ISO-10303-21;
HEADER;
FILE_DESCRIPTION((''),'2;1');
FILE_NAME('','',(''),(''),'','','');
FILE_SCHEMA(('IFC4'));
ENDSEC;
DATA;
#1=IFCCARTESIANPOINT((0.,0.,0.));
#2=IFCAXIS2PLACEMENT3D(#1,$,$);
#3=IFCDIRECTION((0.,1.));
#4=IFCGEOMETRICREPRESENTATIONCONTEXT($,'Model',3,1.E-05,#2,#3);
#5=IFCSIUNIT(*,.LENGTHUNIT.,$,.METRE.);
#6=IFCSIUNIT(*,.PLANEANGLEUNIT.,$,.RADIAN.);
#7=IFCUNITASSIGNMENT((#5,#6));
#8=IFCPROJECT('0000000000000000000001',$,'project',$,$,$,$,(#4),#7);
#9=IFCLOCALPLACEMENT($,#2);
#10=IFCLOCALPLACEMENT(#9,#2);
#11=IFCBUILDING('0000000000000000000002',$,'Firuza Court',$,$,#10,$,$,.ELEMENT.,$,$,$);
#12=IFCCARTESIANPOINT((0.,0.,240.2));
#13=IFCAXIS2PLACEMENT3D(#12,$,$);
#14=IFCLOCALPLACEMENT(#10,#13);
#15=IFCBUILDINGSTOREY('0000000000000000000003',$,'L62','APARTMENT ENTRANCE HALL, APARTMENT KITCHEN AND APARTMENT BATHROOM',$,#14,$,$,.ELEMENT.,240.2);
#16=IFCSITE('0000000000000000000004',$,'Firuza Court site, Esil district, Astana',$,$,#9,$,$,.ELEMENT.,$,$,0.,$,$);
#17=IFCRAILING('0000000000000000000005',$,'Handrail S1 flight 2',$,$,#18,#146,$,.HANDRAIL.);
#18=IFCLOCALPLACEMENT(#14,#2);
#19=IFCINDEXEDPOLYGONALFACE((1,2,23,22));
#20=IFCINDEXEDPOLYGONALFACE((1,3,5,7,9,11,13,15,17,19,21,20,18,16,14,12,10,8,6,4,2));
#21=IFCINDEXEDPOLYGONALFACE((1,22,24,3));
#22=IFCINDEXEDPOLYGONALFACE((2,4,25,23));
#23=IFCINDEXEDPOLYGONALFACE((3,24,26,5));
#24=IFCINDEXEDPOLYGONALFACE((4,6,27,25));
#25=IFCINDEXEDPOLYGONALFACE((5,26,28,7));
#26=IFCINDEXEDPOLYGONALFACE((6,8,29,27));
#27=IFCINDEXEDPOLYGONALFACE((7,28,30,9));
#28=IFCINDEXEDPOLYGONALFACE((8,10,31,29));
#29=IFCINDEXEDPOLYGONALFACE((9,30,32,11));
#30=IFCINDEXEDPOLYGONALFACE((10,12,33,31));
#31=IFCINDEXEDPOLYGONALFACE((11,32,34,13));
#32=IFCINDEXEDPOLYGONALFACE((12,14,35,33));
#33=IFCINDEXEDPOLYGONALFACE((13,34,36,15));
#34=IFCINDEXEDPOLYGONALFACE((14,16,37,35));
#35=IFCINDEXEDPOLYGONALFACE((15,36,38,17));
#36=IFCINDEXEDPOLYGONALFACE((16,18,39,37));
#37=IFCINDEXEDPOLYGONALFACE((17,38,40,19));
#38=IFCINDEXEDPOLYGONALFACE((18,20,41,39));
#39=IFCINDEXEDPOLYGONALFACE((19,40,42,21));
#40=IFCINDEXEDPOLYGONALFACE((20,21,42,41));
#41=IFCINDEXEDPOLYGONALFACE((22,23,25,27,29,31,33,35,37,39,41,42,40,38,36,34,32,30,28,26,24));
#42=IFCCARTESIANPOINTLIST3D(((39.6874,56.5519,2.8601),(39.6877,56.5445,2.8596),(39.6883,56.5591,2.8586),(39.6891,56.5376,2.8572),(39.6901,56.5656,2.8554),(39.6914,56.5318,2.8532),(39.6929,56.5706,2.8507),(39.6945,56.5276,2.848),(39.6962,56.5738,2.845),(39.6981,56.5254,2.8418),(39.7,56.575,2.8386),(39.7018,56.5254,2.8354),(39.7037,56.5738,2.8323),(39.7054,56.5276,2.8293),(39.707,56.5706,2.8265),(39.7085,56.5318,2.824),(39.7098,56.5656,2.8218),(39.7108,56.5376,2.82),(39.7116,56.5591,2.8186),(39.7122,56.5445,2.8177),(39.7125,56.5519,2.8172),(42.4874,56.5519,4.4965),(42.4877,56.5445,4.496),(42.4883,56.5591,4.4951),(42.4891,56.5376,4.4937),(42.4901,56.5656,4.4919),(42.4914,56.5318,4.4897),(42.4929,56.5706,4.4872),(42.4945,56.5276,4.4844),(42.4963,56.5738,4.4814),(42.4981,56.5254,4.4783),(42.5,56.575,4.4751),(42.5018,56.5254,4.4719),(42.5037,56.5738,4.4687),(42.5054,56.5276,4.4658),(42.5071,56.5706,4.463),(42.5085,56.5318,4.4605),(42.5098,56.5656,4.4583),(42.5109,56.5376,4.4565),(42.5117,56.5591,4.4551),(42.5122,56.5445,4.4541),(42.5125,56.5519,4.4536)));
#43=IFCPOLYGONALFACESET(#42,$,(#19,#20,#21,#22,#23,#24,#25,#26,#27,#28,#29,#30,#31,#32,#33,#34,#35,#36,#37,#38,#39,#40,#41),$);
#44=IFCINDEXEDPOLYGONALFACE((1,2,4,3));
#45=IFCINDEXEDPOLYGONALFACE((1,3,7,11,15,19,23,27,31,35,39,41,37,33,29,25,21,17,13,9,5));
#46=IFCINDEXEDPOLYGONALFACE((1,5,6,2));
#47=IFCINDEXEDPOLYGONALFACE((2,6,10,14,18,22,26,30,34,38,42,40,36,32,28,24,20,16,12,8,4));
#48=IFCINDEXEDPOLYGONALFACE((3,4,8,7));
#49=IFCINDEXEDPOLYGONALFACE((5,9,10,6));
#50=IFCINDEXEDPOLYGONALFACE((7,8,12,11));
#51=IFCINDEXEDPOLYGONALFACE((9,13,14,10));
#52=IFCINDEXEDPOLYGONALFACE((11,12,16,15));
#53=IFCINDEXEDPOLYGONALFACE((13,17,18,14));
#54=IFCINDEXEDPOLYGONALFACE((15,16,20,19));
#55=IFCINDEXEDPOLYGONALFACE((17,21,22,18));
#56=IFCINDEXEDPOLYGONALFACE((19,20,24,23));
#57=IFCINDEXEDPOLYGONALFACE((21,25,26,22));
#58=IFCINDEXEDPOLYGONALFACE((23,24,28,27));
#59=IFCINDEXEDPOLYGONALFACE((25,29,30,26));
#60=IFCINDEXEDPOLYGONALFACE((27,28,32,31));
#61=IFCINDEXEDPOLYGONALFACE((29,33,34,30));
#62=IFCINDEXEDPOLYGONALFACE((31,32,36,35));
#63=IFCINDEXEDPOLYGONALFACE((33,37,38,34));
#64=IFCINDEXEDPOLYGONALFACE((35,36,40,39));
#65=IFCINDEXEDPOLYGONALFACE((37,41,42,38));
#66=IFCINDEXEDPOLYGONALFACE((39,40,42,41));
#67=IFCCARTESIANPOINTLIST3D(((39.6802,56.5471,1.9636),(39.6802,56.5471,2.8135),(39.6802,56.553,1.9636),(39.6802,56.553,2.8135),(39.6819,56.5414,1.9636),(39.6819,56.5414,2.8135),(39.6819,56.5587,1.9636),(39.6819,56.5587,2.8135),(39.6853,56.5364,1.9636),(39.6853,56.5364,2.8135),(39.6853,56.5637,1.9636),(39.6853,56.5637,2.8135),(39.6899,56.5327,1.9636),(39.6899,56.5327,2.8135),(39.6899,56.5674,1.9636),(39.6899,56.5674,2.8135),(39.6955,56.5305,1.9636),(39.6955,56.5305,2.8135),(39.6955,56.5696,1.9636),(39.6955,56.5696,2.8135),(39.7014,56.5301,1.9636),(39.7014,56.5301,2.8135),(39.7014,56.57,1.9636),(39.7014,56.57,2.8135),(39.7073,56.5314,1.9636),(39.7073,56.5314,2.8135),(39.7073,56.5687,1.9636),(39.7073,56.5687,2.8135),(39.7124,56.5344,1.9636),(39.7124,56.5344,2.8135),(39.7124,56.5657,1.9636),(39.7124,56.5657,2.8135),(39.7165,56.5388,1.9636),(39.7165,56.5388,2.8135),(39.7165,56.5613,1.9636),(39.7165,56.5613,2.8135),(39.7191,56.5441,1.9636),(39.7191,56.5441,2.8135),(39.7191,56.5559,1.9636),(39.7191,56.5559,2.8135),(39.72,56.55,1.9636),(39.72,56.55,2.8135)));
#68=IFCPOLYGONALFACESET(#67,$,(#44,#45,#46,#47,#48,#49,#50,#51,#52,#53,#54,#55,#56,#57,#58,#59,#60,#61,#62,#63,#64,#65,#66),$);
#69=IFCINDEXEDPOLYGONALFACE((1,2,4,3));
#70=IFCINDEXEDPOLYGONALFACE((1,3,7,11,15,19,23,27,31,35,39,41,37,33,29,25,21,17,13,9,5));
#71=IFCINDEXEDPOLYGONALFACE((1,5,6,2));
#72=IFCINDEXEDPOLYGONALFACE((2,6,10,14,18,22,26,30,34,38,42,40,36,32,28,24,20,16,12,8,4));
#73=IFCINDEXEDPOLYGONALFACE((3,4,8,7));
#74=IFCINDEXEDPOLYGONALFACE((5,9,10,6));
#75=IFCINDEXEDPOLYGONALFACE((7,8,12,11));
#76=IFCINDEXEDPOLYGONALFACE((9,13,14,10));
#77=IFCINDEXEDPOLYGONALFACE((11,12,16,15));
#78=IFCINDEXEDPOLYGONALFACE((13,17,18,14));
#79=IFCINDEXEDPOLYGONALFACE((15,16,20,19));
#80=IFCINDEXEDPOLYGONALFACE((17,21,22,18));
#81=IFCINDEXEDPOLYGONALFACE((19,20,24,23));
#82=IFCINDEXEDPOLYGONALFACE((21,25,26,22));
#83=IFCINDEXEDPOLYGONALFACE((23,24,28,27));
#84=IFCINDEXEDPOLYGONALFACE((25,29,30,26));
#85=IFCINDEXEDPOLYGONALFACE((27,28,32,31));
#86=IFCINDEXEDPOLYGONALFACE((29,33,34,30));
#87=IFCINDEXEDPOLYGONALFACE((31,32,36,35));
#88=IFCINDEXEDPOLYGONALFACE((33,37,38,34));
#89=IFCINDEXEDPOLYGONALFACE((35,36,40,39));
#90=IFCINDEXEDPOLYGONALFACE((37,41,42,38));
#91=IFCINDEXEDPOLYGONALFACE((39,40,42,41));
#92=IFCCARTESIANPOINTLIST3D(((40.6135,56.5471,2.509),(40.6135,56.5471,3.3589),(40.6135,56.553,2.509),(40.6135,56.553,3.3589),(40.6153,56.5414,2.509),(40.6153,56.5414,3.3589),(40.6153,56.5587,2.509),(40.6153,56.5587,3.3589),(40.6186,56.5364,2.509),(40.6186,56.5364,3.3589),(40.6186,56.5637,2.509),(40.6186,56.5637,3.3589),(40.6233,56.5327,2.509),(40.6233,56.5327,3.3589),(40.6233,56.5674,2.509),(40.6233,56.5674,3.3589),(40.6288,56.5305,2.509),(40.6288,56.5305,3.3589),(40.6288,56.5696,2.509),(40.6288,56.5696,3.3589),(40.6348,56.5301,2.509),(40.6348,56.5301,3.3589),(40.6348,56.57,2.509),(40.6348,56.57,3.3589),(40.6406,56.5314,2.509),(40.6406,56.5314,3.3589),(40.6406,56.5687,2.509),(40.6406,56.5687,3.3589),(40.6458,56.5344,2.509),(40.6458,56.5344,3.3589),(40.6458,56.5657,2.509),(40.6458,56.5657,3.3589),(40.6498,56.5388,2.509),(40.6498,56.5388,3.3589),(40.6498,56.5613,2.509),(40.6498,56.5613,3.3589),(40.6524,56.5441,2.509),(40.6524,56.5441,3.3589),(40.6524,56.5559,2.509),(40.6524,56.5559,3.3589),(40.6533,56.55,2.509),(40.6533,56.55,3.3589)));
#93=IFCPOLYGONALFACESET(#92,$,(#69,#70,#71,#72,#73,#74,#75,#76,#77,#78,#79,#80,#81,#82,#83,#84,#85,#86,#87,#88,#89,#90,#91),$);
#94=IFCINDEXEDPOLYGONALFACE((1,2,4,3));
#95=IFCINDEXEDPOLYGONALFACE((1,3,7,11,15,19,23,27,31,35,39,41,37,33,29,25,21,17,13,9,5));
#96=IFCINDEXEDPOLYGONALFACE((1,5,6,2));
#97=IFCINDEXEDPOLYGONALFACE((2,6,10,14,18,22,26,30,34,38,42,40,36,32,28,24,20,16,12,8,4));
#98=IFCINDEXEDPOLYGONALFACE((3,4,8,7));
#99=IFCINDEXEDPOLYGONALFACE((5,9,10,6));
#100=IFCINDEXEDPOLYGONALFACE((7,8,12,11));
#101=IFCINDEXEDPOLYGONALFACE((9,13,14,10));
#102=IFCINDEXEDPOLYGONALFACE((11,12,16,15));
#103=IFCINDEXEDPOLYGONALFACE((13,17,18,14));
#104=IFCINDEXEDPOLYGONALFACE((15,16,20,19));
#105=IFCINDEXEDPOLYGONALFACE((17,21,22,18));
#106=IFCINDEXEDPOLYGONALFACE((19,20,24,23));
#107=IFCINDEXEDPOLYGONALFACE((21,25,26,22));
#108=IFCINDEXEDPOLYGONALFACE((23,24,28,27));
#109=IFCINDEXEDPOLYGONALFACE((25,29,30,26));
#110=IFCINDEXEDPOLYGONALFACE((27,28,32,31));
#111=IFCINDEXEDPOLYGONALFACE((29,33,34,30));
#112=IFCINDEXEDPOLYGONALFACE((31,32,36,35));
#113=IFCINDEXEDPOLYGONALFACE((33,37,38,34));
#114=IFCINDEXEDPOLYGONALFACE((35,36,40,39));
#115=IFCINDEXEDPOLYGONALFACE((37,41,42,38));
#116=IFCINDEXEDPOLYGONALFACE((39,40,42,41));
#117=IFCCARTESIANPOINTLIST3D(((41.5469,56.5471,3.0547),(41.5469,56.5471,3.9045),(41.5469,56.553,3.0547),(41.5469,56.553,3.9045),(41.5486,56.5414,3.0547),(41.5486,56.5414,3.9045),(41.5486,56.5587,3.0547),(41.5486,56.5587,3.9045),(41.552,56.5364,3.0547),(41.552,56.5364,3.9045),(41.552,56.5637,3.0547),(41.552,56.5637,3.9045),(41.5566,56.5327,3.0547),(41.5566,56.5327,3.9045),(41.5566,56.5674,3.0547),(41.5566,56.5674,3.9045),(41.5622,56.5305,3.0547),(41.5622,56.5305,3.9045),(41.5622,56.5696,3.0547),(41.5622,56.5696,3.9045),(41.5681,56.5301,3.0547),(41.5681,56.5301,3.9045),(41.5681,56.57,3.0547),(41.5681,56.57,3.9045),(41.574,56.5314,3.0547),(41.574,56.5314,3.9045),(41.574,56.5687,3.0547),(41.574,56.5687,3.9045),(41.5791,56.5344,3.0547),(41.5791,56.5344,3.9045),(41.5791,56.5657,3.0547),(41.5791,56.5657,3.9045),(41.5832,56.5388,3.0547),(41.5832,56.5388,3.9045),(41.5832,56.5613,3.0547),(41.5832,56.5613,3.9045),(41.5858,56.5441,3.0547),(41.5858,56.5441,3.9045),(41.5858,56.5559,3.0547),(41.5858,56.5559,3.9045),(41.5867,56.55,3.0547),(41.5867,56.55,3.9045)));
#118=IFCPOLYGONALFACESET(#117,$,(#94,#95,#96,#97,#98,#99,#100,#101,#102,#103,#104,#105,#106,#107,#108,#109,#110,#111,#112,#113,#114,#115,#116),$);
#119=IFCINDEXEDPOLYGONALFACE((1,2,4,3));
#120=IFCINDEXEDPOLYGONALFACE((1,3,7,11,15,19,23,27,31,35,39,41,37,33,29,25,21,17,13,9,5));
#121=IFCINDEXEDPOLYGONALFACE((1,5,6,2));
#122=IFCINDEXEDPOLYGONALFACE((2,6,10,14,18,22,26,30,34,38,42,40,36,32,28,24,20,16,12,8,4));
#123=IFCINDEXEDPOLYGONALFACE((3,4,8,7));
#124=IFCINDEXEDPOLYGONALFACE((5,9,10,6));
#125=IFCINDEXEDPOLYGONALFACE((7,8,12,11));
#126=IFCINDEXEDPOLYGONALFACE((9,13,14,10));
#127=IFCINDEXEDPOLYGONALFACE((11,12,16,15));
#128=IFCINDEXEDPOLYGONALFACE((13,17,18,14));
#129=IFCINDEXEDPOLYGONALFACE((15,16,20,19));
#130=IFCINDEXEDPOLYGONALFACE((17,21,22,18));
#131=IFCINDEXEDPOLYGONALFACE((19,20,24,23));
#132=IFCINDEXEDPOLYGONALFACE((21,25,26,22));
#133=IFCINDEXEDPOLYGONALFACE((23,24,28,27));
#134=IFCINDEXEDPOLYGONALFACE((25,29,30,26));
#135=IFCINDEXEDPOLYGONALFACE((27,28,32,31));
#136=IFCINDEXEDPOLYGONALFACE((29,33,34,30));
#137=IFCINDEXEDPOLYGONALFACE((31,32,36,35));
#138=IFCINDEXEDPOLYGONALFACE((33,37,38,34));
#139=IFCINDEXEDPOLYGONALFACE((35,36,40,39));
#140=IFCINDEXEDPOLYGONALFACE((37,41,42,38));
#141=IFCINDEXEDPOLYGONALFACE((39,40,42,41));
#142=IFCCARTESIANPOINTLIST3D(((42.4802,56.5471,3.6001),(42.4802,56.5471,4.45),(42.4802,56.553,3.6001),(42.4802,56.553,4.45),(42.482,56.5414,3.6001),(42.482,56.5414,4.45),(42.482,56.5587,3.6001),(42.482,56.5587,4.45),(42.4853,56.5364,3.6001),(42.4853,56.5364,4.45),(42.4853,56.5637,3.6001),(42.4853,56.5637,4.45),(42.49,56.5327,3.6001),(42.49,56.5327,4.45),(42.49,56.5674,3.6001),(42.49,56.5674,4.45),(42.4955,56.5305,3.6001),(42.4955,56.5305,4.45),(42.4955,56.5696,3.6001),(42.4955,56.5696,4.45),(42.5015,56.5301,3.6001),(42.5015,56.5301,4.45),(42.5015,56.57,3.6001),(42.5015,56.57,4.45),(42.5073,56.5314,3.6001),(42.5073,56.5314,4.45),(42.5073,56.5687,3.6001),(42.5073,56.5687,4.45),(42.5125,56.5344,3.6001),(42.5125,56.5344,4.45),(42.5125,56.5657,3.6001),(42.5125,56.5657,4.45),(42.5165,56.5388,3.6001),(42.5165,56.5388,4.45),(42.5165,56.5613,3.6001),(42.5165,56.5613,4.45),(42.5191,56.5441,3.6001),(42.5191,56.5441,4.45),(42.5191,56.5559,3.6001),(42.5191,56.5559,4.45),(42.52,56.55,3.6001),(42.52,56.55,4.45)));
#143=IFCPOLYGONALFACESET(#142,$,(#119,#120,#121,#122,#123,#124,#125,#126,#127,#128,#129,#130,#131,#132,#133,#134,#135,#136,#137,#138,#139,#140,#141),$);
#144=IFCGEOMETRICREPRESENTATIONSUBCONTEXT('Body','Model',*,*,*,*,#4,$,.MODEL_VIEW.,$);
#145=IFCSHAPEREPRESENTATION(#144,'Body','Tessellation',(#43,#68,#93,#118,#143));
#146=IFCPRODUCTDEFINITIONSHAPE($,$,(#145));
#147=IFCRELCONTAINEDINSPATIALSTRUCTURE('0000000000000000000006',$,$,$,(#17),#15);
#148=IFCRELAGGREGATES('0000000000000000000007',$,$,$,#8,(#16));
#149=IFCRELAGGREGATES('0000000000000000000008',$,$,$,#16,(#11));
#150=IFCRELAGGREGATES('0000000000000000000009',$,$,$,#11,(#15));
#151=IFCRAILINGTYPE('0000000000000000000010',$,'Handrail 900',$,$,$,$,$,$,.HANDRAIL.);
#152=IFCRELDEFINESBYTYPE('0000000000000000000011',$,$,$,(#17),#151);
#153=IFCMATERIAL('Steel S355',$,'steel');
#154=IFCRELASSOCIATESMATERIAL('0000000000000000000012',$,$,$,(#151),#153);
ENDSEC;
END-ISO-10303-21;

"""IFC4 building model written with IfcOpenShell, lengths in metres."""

from ifc_helpers import new_model, si_unit, direction, frame, origin, origin_2d, place, context, subcontext, project, spatial, circle, extrude, material, type_object, element, save


model = new_model("IFC4")

# Units and contexts
model_context = context("Model", 3, precision=1e-05, world=origin(), true_north=direction((0.0, 1.0)))
body_context = subcontext(model_context, "Body", "Model", "MODEL_VIEW")
ifc_project = project(units=[si_unit("LENGTHUNIT", "METRE"), si_unit("PLANEANGLEUNIT", "RADIAN")], contexts=[model_context])

# Site, building, storey
site_placement = place(None, origin())
site = spatial("IfcSite", under=ifc_project, at=site_placement, Name="Firuza Court site, Esil district, Astana", CompositionType="ELEMENT", RefElevation=0.0)
building_placement = place(site_placement, origin())
building = spatial("IfcBuilding", under=site, at=building_placement, Name="Firuza Court", CompositionType="ELEMENT")
storey_placement = place(building_placement, frame((0.0, 0.0, 240.2)))
storey = spatial("IfcBuildingStorey", under=building, at=storey_placement, Name="L62", Description="APARTMENT ENTRANCE HALL, APARTMENT KITCHEN AND APARTMENT BATHROOM", CompositionType="ELEMENT", Elevation=240.2)

# Railing
ifc_material_1 = material(Name="Steel S355", Category="steel")
railing_type_1 = type_object("IfcRailingType", Name="Handrail 900", PredefinedType="HANDRAIL", material=ifc_material_1)
railing_1_placement = place(storey_placement, frame((39.7, 56.55, 1.9636)))
element("IfcRailing", 1, at=railing_1_placement, inside=storey, type_object=railing_type_1, Name="Handrail S1 flight 2", PredefinedType="HANDRAIL", context=body_context, shape_type="SweptSolid", body=[
    extrude(circle(Radius=0.0249, at=origin_2d()), frame((0.0, 0.0, 0.875), z_axis=(0.863361, 0.0, 0.504587), x_axis=(0.0, 1.0, 0.0)), (0.0, 0.0, 1.0), 3.2432),
    extrude(circle(Radius=0.02, at=origin_2d()), origin(), (0.0, 0.0, 1.0), 0.8499),
    extrude(circle(Radius=0.02, at=origin_2d()), frame((0.9333, 0.0, 0.5454)), (0.0, 0.0, 1.0), 0.8499),
    extrude(circle(Radius=0.02, at=origin_2d()), frame((1.8667, 0.0, 1.0911)), (0.0, 0.0, 1.0), 0.8499),
    extrude(circle(Radius=0.02, at=origin_2d()), frame((2.8, 0.0, 1.6365)), (0.0, 0.0, 1.0), 0.8499),
])

save(model, "model.ifc")
